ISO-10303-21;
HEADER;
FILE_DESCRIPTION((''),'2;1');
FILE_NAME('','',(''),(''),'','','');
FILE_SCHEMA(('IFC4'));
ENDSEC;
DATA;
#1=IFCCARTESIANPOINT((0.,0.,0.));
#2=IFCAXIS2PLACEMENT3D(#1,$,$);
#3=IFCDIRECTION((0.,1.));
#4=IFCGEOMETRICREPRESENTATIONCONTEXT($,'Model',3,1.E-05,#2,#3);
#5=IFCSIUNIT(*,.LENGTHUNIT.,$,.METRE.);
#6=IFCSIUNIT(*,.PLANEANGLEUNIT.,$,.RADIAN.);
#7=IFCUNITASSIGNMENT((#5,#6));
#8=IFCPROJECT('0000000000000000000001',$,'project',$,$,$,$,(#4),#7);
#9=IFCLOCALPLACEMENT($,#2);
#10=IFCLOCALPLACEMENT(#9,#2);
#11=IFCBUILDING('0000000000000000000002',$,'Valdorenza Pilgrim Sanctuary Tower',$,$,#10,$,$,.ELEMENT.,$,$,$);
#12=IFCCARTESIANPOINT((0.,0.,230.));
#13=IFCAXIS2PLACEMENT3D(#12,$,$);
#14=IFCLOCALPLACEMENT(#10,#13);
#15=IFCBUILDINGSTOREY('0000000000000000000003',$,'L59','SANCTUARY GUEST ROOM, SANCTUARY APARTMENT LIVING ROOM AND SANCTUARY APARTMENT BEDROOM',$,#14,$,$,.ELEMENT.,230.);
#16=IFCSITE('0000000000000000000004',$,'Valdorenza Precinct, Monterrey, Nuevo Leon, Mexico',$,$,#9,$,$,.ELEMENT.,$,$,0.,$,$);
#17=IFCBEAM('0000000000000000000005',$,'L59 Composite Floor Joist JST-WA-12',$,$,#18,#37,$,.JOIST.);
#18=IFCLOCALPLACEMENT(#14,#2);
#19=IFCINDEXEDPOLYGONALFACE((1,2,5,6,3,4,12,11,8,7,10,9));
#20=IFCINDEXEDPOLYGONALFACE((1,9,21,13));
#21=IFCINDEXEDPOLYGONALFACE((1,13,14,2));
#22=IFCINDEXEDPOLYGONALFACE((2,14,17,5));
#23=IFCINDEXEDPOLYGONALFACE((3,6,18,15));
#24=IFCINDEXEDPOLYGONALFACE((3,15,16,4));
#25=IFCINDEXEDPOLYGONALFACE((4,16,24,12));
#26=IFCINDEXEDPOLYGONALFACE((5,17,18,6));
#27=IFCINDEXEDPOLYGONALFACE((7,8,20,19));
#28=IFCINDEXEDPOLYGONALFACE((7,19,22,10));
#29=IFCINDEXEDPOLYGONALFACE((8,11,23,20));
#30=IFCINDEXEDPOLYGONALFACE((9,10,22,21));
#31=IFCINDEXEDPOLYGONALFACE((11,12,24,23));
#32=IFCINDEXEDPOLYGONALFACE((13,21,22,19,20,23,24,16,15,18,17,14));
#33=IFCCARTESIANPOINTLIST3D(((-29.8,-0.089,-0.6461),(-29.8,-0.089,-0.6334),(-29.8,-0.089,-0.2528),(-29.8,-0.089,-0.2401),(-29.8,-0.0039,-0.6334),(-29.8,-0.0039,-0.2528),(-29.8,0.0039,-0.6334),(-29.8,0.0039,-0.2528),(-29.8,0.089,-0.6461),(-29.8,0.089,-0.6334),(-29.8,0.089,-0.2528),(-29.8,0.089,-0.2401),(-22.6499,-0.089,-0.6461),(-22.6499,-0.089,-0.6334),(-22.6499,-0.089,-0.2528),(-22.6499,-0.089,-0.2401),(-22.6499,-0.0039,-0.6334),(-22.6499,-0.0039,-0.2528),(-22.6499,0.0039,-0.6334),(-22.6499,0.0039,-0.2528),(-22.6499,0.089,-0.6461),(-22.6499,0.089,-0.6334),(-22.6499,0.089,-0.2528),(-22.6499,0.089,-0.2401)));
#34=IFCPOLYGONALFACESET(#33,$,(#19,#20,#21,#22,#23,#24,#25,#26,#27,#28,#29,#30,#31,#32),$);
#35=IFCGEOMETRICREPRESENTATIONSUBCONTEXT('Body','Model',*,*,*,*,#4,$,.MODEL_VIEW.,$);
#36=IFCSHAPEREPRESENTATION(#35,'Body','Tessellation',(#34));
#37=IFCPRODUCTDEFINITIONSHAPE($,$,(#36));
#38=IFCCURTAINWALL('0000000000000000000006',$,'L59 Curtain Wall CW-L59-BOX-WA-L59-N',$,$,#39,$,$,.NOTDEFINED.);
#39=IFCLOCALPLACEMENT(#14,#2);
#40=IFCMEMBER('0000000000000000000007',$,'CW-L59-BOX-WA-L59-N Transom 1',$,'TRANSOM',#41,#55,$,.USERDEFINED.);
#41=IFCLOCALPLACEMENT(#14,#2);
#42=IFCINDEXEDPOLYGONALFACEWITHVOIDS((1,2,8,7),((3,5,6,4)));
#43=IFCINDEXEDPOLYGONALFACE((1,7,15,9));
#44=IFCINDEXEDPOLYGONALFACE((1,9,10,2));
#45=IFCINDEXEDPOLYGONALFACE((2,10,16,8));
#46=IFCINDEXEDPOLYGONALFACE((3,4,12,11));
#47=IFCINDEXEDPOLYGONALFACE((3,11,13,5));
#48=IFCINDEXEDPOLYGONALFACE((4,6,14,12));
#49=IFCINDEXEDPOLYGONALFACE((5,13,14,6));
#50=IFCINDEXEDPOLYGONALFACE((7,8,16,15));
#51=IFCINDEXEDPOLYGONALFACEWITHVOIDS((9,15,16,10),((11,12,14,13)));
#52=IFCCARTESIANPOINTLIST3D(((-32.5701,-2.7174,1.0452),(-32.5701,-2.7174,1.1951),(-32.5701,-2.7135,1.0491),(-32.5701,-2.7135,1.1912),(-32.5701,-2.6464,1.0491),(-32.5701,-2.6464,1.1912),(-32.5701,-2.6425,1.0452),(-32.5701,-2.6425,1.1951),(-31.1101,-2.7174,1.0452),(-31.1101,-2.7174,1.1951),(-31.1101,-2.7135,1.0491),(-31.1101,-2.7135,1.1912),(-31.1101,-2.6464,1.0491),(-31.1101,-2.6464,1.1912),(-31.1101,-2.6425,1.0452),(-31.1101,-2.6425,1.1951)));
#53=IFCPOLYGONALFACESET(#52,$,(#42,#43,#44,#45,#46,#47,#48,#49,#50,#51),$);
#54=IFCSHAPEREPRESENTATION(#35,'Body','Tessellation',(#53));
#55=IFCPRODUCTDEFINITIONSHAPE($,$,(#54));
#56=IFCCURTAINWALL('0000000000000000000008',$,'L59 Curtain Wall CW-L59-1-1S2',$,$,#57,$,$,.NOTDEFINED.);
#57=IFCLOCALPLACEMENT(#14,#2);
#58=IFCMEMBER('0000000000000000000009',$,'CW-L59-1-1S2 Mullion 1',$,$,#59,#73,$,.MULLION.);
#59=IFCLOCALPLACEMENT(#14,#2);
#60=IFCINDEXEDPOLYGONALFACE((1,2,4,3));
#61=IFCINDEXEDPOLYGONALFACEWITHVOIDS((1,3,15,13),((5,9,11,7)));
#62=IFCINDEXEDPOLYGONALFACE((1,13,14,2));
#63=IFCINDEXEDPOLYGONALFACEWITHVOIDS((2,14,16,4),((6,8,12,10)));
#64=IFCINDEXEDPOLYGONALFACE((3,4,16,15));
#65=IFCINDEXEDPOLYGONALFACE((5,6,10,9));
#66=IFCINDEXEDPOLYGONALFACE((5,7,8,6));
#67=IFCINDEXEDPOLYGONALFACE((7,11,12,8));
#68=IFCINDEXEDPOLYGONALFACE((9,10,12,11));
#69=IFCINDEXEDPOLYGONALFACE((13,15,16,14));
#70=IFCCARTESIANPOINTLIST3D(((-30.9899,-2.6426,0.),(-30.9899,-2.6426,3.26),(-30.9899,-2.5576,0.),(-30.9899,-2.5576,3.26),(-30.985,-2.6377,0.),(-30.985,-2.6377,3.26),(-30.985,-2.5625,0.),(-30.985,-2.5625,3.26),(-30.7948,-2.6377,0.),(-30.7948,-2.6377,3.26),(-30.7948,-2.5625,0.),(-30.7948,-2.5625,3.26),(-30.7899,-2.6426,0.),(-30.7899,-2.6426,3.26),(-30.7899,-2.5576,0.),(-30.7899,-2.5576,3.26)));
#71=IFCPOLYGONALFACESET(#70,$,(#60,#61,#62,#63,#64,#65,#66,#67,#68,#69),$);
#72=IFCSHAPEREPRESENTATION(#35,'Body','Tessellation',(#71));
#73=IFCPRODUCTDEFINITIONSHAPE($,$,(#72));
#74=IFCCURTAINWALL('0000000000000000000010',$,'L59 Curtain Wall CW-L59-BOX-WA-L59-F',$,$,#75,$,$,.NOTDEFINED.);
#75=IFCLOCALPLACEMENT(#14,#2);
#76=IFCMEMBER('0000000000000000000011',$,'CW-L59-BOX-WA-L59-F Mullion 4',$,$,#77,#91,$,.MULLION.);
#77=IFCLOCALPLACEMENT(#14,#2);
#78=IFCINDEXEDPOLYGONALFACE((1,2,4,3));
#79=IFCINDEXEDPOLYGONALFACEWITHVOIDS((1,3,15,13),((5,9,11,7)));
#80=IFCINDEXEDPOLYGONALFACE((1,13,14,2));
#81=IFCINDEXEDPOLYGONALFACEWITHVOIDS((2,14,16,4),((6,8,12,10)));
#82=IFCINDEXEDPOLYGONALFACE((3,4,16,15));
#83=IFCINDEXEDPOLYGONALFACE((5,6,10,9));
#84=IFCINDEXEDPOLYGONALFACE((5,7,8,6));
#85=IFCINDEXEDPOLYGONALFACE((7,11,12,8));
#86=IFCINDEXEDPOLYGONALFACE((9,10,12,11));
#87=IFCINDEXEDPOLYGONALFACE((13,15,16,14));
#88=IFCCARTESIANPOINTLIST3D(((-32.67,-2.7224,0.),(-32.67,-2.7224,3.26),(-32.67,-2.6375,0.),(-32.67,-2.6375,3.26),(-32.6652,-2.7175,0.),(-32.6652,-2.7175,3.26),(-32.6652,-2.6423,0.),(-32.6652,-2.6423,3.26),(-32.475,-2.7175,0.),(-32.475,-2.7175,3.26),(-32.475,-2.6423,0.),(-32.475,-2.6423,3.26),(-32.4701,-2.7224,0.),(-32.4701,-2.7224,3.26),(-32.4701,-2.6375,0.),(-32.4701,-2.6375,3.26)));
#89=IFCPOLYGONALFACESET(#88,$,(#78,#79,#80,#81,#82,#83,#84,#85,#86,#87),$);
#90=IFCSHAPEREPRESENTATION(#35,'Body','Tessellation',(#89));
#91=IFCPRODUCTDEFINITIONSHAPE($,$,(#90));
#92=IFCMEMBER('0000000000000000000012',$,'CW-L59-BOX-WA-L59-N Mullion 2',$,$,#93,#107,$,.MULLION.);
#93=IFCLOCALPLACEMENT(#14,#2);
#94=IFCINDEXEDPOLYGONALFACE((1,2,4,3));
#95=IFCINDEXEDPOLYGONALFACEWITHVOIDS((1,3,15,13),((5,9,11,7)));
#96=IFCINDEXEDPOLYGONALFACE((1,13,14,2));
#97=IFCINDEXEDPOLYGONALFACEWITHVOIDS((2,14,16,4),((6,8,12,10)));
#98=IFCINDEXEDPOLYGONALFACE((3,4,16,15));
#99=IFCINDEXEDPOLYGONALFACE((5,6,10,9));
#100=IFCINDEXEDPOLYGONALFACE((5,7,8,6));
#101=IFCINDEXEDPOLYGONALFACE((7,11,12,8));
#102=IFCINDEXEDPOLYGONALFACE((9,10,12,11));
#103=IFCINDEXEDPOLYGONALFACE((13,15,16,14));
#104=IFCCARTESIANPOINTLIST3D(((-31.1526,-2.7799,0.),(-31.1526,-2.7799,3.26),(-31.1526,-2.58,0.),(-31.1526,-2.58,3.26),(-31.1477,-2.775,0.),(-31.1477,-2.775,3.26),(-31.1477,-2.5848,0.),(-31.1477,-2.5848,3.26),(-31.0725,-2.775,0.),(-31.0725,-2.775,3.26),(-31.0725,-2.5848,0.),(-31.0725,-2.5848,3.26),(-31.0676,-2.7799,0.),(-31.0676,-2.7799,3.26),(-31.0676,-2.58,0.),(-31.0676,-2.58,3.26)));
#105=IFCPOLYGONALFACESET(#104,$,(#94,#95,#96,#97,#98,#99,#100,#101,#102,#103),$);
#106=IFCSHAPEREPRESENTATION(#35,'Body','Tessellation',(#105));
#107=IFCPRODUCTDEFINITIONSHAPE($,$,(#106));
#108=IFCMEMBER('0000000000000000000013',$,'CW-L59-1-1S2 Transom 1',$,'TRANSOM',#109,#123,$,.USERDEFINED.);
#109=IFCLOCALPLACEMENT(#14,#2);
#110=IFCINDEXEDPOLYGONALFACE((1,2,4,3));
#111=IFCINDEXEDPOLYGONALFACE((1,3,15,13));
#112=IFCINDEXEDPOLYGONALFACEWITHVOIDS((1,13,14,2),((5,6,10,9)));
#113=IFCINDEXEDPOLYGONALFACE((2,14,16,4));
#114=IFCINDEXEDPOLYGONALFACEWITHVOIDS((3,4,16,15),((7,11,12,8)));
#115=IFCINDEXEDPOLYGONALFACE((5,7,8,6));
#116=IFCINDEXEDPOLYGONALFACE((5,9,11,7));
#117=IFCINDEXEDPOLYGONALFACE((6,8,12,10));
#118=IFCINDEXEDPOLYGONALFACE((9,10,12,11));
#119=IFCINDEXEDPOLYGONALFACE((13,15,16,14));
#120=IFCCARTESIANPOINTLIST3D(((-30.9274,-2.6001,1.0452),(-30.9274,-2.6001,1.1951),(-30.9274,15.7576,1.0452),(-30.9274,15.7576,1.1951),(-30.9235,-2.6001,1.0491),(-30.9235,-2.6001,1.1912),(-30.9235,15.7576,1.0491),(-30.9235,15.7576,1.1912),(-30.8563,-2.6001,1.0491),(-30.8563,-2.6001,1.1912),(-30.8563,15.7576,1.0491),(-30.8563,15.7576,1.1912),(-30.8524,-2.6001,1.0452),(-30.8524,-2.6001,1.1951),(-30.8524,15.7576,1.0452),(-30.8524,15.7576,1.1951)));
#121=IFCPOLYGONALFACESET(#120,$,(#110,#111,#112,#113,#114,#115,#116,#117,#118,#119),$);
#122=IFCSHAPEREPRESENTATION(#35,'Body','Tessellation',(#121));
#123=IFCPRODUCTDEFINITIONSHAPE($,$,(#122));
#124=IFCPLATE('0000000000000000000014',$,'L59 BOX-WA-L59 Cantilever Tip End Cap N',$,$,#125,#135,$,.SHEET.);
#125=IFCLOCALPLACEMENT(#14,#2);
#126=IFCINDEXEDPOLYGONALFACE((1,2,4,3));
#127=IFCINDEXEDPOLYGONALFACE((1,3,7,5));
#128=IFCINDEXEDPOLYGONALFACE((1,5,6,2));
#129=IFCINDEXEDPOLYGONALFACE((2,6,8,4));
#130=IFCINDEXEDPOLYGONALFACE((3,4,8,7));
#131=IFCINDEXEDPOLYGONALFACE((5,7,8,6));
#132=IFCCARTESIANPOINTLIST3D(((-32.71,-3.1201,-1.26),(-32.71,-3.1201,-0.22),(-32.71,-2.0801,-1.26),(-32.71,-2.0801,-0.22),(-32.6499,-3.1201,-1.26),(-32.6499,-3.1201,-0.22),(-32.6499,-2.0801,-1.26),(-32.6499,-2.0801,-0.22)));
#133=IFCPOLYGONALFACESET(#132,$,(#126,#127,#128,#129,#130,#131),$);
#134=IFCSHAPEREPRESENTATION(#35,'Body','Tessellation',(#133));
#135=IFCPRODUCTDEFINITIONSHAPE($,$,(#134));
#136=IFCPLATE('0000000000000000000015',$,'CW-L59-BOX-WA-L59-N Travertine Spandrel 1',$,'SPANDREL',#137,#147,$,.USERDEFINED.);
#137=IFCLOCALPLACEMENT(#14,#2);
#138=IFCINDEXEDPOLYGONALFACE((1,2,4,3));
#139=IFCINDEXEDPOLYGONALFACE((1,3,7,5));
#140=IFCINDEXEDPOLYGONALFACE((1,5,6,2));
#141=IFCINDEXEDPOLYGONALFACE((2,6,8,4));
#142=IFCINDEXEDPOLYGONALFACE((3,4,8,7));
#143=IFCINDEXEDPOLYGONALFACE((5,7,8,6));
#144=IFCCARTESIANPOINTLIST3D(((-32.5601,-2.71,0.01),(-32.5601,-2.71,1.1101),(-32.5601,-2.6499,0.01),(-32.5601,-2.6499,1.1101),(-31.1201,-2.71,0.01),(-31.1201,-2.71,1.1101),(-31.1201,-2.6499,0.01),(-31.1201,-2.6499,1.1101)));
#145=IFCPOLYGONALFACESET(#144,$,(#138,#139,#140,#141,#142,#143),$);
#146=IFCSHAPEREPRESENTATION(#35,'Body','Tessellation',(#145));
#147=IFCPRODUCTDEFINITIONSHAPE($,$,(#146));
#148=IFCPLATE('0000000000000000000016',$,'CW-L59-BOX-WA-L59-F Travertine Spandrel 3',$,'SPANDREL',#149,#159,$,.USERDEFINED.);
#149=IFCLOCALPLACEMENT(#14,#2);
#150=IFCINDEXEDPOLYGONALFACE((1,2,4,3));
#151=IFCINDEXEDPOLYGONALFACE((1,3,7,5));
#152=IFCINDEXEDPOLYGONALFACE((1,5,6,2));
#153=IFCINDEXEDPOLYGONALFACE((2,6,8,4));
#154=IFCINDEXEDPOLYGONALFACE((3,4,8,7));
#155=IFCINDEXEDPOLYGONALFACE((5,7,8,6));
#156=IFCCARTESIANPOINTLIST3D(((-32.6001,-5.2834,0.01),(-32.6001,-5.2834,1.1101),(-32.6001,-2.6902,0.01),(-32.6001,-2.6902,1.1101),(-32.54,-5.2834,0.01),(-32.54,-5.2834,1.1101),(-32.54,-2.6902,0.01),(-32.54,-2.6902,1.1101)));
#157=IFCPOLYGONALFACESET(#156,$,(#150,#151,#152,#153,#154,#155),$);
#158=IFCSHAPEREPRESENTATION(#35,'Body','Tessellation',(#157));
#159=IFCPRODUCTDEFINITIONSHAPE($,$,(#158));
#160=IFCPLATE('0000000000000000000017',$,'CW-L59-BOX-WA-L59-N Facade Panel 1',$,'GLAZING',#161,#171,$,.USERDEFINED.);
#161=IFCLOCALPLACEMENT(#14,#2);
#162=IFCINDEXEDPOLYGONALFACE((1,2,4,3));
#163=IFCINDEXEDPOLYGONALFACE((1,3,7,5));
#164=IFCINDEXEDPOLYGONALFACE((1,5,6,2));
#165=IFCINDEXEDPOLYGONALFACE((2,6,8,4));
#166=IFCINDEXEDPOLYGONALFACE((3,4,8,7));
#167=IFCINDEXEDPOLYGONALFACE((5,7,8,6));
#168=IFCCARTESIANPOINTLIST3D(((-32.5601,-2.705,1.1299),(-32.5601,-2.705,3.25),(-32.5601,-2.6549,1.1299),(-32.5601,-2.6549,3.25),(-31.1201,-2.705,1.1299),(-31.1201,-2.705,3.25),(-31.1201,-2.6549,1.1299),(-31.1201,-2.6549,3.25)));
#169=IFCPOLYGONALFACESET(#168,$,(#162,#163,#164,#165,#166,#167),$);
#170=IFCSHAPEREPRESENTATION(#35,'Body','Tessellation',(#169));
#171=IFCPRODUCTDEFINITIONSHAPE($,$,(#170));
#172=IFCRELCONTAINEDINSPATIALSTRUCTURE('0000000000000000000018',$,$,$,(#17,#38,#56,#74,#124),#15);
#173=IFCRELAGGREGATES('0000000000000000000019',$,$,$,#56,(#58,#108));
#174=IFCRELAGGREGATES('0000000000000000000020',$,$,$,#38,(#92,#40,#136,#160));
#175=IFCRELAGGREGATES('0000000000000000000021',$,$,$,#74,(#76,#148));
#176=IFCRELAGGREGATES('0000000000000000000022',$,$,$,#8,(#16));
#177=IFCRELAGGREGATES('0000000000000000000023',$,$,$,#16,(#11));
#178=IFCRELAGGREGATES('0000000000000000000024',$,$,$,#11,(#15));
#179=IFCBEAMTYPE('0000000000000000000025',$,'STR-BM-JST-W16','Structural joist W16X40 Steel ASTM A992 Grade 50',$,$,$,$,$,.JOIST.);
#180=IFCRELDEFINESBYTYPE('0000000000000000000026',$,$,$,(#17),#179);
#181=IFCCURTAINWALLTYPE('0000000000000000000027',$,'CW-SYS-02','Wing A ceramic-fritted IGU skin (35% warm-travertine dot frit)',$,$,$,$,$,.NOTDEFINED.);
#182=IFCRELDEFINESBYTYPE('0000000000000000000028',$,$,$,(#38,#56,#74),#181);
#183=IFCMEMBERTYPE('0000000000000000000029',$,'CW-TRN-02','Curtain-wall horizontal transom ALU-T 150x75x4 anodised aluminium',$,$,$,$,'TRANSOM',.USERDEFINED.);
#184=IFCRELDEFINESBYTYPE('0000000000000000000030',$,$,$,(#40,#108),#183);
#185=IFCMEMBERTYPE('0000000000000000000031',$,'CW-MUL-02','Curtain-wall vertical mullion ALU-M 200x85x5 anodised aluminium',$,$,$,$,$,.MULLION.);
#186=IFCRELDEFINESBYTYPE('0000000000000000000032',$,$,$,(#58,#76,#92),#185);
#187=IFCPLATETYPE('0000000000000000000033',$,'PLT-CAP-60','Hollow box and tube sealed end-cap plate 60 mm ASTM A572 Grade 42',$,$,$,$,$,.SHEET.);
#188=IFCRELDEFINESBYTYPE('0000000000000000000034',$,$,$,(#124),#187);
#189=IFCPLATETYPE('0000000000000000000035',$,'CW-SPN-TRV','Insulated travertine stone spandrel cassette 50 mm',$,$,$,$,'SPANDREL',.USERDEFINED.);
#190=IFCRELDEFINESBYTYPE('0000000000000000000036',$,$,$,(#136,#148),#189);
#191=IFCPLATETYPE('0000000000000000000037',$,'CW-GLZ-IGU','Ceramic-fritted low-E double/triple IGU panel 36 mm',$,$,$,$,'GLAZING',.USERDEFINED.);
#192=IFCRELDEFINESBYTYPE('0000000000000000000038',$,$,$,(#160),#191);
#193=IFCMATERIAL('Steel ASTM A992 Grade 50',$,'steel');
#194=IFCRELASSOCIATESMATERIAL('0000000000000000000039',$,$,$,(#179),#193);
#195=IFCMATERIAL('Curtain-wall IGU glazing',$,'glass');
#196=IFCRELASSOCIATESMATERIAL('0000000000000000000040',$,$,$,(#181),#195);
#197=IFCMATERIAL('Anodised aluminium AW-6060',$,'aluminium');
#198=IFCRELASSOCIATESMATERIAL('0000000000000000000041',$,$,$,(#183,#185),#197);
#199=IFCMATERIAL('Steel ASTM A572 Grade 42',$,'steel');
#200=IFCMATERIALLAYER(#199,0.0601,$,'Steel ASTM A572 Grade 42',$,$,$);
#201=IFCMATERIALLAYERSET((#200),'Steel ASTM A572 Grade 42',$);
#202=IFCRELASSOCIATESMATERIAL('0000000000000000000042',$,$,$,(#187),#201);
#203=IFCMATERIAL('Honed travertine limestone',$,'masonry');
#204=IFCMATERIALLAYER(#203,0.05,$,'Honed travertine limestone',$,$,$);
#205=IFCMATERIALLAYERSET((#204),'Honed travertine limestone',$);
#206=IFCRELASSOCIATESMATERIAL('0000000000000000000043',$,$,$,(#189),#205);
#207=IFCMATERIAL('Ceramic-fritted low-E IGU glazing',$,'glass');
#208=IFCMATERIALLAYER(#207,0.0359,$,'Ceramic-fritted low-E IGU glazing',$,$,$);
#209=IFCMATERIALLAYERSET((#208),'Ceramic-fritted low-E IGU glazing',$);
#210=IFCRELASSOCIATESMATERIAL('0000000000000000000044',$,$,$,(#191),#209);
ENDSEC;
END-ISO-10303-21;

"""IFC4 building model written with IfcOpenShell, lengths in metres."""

from ifc_helpers import new_model, si_unit, direction, frame, origin, origin_2d, place, context, subcontext, project, spatial, rectangle, hollow_rectangle, i_section, extrude, source, transform, mapped, material, layer, layer_set, material_profile, profile_set, type_object, element, aggregate, save


model = new_model("IFC4")

# Units and contexts
model_context = context("Model", 3, precision=1e-05, world=origin(), true_north=direction((0.0, 1.0)))
body_context = subcontext(model_context, "Body", "Model", "MODEL_VIEW")
ifc_project = project(units=[si_unit("LENGTHUNIT", "METRE"), si_unit("PLANEANGLEUNIT", "RADIAN")], contexts=[model_context])

# Site, building, storey
site_placement = place(None, origin())
site = spatial("IfcSite", under=ifc_project, at=site_placement, Name="Valdorenza Precinct, Monterrey, Nuevo Leon, Mexico", CompositionType="ELEMENT", RefElevation=0.0)
building_placement = place(site_placement, origin())
building = spatial("IfcBuilding", under=site, at=building_placement, Name="Valdorenza Pilgrim Sanctuary Tower", CompositionType="ELEMENT")
storey_placement = place(building_placement, frame((0.0, 0.0, 230.0)))
storey = spatial("IfcBuildingStorey", under=building, at=storey_placement, Name="L59", Description="SANCTUARY GUEST ROOM, SANCTUARY APARTMENT LIVING ROOM AND SANCTUARY APARTMENT BEDROOM", CompositionType="ELEMENT", Elevation=230.0)

# Beam
ifc_material_1 = material(Name="Steel ASTM A992 Grade 50", Category="steel")
ifc_material_2 = material(Name="Steel ASTM A572 Grade 42", Category="steel")
ifc_material_profile_1 = material_profile(ifc_material_1, i_section(OverallWidth=0.178, OverallDepth=0.406, WebThickness=0.0078, FlangeThickness=0.0127, at=origin_2d()), Name="W16X40")
ifc_profile_set_1 = profile_set([ifc_material_profile_1], Name="Steel ASTM A992 Grade 50")
beam_type_1 = type_object("IfcBeamType", Name="STR-BM-JST-W16", Description="Structural joist W16X40 Steel ASTM A992 Grade 50", PredefinedType="JOIST", material=ifc_profile_set_1)
shared_shape_1 = source(origin(), body_context, "Body", "SweptSolid", [
    extrude(i_section(OverallWidth=0.178, OverallDepth=0.406, WebThickness=0.0078, FlangeThickness=0.0127, at=origin_2d()), origin(), (0.0, 0.0, 1.0), 7.1501),
])
for number, where, z_axis, x_axis, name in (
    (1, (-29.8, 0.0, -0.4431), (1.0, 0.0, 0.0), (0.0, 1.0, 0.0), "L59 Composite Floor Joist JST-WA-12"),
):
    element("IfcBeam", number, at=place(storey_placement, frame(where, z_axis=z_axis, x_axis=x_axis)), inside=storey, type_object=beam_type_1, Name=name, PredefinedType="JOIST", context=body_context, shape_type="MappedRepresentation", body=[
        mapped(shared_shape_1, transform((0.0, 0.0, 0.0), x_axis=(1.0, 0.0, 0.0), y_axis=(0.0, 1.0, 0.0), z_axis=(0.0, 0.0, 1.0), scale=1.0)),
    ])

# Curtain walls, members
ifc_material_3 = material(Name="Curtain-wall IGU glazing", Category="glass")
curtain_wall_type = type_object("IfcCurtainWallType", Name="CW-SYS-02", Description="Wing A ceramic-fritted IGU skin (35% warm-travertine dot frit)", PredefinedType="NOTDEFINED", material=ifc_material_3)
curtain_wall_1_placement = place(storey_placement, origin())
curtain_wall_1 = element("IfcCurtainWall", 2, at=curtain_wall_1_placement, inside=storey, type_object=curtain_wall_type, Name="L59 Curtain Wall CW-L59-BOX-WA-L59-N", PredefinedType="NOTDEFINED")
ifc_material_4 = material(Name="Anodised aluminium AW-6060", Category="aluminium")
ifc_material_profile_2 = material_profile(ifc_material_4, hollow_rectangle(XDim=0.075, YDim=0.1499, WallThickness=0.0039, at=origin_2d()), Name="ALU-T 150x75x4")
ifc_profile_set_2 = profile_set([ifc_material_profile_2], Name="Anodised aluminium AW-6060")
member_type_1 = type_object("IfcMemberType", Name="CW-TRN-02", Description="Curtain-wall horizontal transom ALU-T 150x75x4 anodised aluminium", ElementType="TRANSOM", PredefinedType="USERDEFINED", material=ifc_profile_set_2)
shared_shape_2 = source(origin(), body_context, "Body", "SweptSolid", [
    extrude(hollow_rectangle(XDim=0.075, YDim=0.1499, WallThickness=0.0039, at=origin_2d()), origin(), (0.0, 0.0, 1.0), 1.46),
])
member_1_placement = place(storey_placement, frame((-32.5701, -2.6799, 1.1201), z_axis=(1.0, 0.0, 0.0), x_axis=(0.0, 1.0, 0.0)))
member_1 = element("IfcMember", 3, at=member_1_placement, type_object=member_type_1, Name="CW-L59-BOX-WA-L59-N Transom 1", ObjectType="TRANSOM", PredefinedType="USERDEFINED", context=body_context, shape_type="MappedRepresentation", body=[
    mapped(shared_shape_2, transform((0.0, 0.0, 0.0), x_axis=(1.0, 0.0, 0.0), y_axis=(0.0, 1.0, 0.0), z_axis=(0.0, 0.0, 1.0), scale=1.0)),
])
curtain_wall_2_placement = place(storey_placement, origin())
curtain_wall_2 = element("IfcCurtainWall", 4, at=curtain_wall_2_placement, inside=storey, type_object=curtain_wall_type, Name="L59 Curtain Wall CW-L59-1-1S2", PredefinedType="NOTDEFINED")
ifc_material_profile_3 = material_profile(ifc_material_4, hollow_rectangle(XDim=0.085, YDim=0.2, WallThickness=0.0049, at=origin_2d()), Name="ALU-M 200x85x5")
ifc_profile_set_3 = profile_set([ifc_material_profile_3], Name="Anodised aluminium AW-6060")
member_type_2 = type_object("IfcMemberType", Name="CW-MUL-02", Description="Curtain-wall vertical mullion ALU-M 200x85x5 anodised aluminium", PredefinedType="MULLION", material=ifc_profile_set_3)
shared_shape_3 = source(origin(), body_context, "Body", "SweptSolid", [
    extrude(hollow_rectangle(XDim=0.085, YDim=0.2, WallThickness=0.0049, at=origin_2d()), origin(), (0.0, 0.0, 1.0), 3.26),
])
member_2_placement = place(storey_placement, frame((-30.8899, -2.6001, 0.0), z_axis=(0.0, 0.0, 1.0), x_axis=(0.0, 1.0, 0.0)))
member_2 = element("IfcMember", 5, at=member_2_placement, type_object=member_type_2, Name="CW-L59-1-1S2 Mullion 1", PredefinedType="MULLION", context=body_context, shape_type="MappedRepresentation", body=[
    mapped(shared_shape_3, transform((0.0, 0.0, 0.0), x_axis=(1.0, 0.0, 0.0), y_axis=(0.0, 1.0, 0.0), z_axis=(0.0, 0.0, 1.0), scale=1.0)),
])
curtain_wall_3_placement = place(storey_placement, origin())
curtain_wall_3 = element("IfcCurtainWall", 6, at=curtain_wall_3_placement, inside=storey, type_object=curtain_wall_type, Name="L59 Curtain Wall CW-L59-BOX-WA-L59-F", PredefinedType="NOTDEFINED")
member_3_placement = place(storey_placement, frame((-32.5701, -2.6799, 0.0), z_axis=(0.0, 0.0, 1.0), x_axis=(0.0, 1.0, 0.0)))
member_3 = element("IfcMember", 7, at=member_3_placement, type_object=member_type_2, Name="CW-L59-BOX-WA-L59-F Mullion 4", PredefinedType="MULLION", context=body_context, shape_type="MappedRepresentation", body=[
    mapped(shared_shape_3, transform((0.0, 0.0, 0.0), x_axis=(1.0, 0.0, 0.0), y_axis=(0.0, 1.0, 0.0), z_axis=(0.0, 0.0, 1.0), scale=1.0)),
])

# Members
member_4_placement = place(storey_placement, frame((-31.1101, -2.6799, 0.0), z_axis=(0.0, 0.0, 1.0), x_axis=(1.0, 0.0, 0.0)))
member_4 = element("IfcMember", 8, at=member_4_placement, type_object=member_type_2, Name="CW-L59-BOX-WA-L59-N Mullion 2", PredefinedType="MULLION", context=body_context, shape_type="MappedRepresentation", body=[
    mapped(shared_shape_3, transform((0.0, 0.0, 0.0), x_axis=(1.0, 0.0, 0.0), y_axis=(0.0, 1.0, 0.0), z_axis=(0.0, 0.0, 1.0), scale=1.0)),
])
shared_shape_4 = source(origin(), body_context, "Body", "SweptSolid", [
    extrude(hollow_rectangle(XDim=0.075, YDim=0.1499, WallThickness=0.0039, at=origin_2d()), origin(), (0.0, 0.0, 1.0), 18.3577),
])
member_5_placement = place(storey_placement, frame((-30.8899, -2.6001, 1.1201), z_axis=(0.0, 1.0, 0.0), x_axis=(-1.0, 0.0, 0.0)))
member_5 = element("IfcMember", 9, at=member_5_placement, type_object=member_type_1, Name="CW-L59-1-1S2 Transom 1", ObjectType="TRANSOM", PredefinedType="USERDEFINED", context=body_context, shape_type="MappedRepresentation", body=[
    mapped(shared_shape_4, transform((0.0, 0.0, 0.0), x_axis=(1.0, 0.0, 0.0), y_axis=(0.0, 1.0, 0.0), z_axis=(0.0, 0.0, 1.0), scale=1.0)),
])
aggregate(curtain_wall_2, [member_2, member_5])

# Plates
ifc_layer_1 = layer(ifc_material_2, 0.0601, Name="Steel ASTM A572 Grade 42")
ifc_layer_set_1 = layer_set([ifc_layer_1], Name="Steel ASTM A572 Grade 42")
plate_type_1 = type_object("IfcPlateType", Name="PLT-CAP-60", Description="Hollow box and tube sealed end-cap plate 60 mm ASTM A572 Grade 42", PredefinedType="SHEET", material=ifc_layer_set_1)
shared_shape_5 = source(origin(), body_context, "Body", "SweptSolid", [
    extrude(rectangle(XDim=0.0601, YDim=1.04, at=origin_2d()), origin(), (0.0, 0.0, 1.0), 1.04),
])
plate_1_placement = place(storey_placement, frame((-32.6799, -2.6001, -1.26), z_axis=(0.0, 0.0, 1.0), x_axis=(1.0, 0.0, 0.0)))
element("IfcPlate", 10, at=plate_1_placement, inside=storey, type_object=plate_type_1, Name="L59 BOX-WA-L59 Cantilever Tip End Cap N", PredefinedType="SHEET", context=body_context, shape_type="MappedRepresentation", body=[
    mapped(shared_shape_5, transform((0.0, 0.0, 0.0), x_axis=(1.0, 0.0, 0.0), y_axis=(0.0, 1.0, 0.0), z_axis=(0.0, 0.0, 1.0), scale=1.0)),
])
ifc_material_5 = material(Name="Honed travertine limestone", Category="masonry")
ifc_layer_2 = layer(ifc_material_5, 0.05, Name="Honed travertine limestone")
ifc_layer_set_2 = layer_set([ifc_layer_2], Name="Honed travertine limestone")
plate_type_2 = type_object("IfcPlateType", Name="CW-SPN-TRV", Description="Insulated travertine stone spandrel cassette 50 mm", ElementType="SPANDREL", PredefinedType="USERDEFINED", material=ifc_layer_set_2)
shared_shape_6 = source(origin(), body_context, "Body", "SweptSolid", [
    extrude(rectangle(XDim=1.4399, YDim=0.0601, at=origin_2d()), origin(), (0.0, 0.0, 1.0), 1.1001),
])
plate_2_placement = place(storey_placement, frame((-31.8401, -2.6799, 0.01), z_axis=(0.0, 0.0, 1.0), x_axis=(1.0, 0.0, 0.0)))
plate_2 = element("IfcPlate", 11, at=plate_2_placement, type_object=plate_type_2, Name="CW-L59-BOX-WA-L59-N Travertine Spandrel 1", ObjectType="SPANDREL", PredefinedType="USERDEFINED", context=body_context, shape_type="MappedRepresentation", body=[
    mapped(shared_shape_6, transform((0.0, 0.0, 0.0), x_axis=(1.0, 0.0, 0.0), y_axis=(0.0, 1.0, 0.0), z_axis=(0.0, 0.0, 1.0), scale=1.0)),
])
shared_shape_7 = source(origin(), body_context, "Body", "SweptSolid", [
    extrude(rectangle(XDim=2.5933, YDim=0.0601, at=origin_2d()), origin(), (0.0, 0.0, 1.0), 1.1001),
])
plate_3_placement = place(storey_placement, frame((-32.5701, -3.9868, 0.01), z_axis=(0.0, 0.0, 1.0), x_axis=(0.0, 1.0, 0.0)))
plate_3 = element("IfcPlate", 12, at=plate_3_placement, type_object=plate_type_2, Name="CW-L59-BOX-WA-L59-F Travertine Spandrel 3", ObjectType="SPANDREL", PredefinedType="USERDEFINED", context=body_context, shape_type="MappedRepresentation", body=[
    mapped(shared_shape_7, transform((0.0, 0.0, 0.0), x_axis=(1.0, 0.0, 0.0), y_axis=(0.0, 1.0, 0.0), z_axis=(0.0, 0.0, 1.0), scale=1.0)),
])
ifc_material_6 = material(Name="Ceramic-fritted low-E IGU glazing", Category="glass")
ifc_layer_3 = layer(ifc_material_6, 0.0359, Name="Ceramic-fritted low-E IGU glazing")
ifc_layer_set_3 = layer_set([ifc_layer_3], Name="Ceramic-fritted low-E IGU glazing")
plate_type_3 = type_object("IfcPlateType", Name="CW-GLZ-IGU", Description="Ceramic-fritted low-E double/triple IGU panel 36 mm", ElementType="GLAZING", PredefinedType="USERDEFINED", material=ifc_layer_set_3)
shared_shape_8 = source(origin(), body_context, "Body", "SweptSolid", [
    extrude(rectangle(XDim=1.4399, YDim=0.05, at=origin_2d()), origin(), (0.0, 0.0, 1.0), 2.1201),
])
plate_4_placement = place(storey_placement, frame((-31.8401, -2.6799, 1.1299), z_axis=(0.0, 0.0, 1.0), x_axis=(1.0, 0.0, 0.0)))
plate_4 = element("IfcPlate", 13, at=plate_4_placement, type_object=plate_type_3, Name="CW-L59-BOX-WA-L59-N Facade Panel 1", ObjectType="GLAZING", PredefinedType="USERDEFINED", context=body_context, shape_type="MappedRepresentation", body=[
    mapped(shared_shape_8, transform((0.0, 0.0, 0.0), x_axis=(1.0, 0.0, 0.0), y_axis=(0.0, 1.0, 0.0), z_axis=(0.0, 0.0, 1.0), scale=1.0)),
])
aggregate(curtain_wall_1, [member_4, member_1, plate_2, plate_4])
aggregate(curtain_wall_3, [member_3, plate_3])

save(model, "model.ifc")
